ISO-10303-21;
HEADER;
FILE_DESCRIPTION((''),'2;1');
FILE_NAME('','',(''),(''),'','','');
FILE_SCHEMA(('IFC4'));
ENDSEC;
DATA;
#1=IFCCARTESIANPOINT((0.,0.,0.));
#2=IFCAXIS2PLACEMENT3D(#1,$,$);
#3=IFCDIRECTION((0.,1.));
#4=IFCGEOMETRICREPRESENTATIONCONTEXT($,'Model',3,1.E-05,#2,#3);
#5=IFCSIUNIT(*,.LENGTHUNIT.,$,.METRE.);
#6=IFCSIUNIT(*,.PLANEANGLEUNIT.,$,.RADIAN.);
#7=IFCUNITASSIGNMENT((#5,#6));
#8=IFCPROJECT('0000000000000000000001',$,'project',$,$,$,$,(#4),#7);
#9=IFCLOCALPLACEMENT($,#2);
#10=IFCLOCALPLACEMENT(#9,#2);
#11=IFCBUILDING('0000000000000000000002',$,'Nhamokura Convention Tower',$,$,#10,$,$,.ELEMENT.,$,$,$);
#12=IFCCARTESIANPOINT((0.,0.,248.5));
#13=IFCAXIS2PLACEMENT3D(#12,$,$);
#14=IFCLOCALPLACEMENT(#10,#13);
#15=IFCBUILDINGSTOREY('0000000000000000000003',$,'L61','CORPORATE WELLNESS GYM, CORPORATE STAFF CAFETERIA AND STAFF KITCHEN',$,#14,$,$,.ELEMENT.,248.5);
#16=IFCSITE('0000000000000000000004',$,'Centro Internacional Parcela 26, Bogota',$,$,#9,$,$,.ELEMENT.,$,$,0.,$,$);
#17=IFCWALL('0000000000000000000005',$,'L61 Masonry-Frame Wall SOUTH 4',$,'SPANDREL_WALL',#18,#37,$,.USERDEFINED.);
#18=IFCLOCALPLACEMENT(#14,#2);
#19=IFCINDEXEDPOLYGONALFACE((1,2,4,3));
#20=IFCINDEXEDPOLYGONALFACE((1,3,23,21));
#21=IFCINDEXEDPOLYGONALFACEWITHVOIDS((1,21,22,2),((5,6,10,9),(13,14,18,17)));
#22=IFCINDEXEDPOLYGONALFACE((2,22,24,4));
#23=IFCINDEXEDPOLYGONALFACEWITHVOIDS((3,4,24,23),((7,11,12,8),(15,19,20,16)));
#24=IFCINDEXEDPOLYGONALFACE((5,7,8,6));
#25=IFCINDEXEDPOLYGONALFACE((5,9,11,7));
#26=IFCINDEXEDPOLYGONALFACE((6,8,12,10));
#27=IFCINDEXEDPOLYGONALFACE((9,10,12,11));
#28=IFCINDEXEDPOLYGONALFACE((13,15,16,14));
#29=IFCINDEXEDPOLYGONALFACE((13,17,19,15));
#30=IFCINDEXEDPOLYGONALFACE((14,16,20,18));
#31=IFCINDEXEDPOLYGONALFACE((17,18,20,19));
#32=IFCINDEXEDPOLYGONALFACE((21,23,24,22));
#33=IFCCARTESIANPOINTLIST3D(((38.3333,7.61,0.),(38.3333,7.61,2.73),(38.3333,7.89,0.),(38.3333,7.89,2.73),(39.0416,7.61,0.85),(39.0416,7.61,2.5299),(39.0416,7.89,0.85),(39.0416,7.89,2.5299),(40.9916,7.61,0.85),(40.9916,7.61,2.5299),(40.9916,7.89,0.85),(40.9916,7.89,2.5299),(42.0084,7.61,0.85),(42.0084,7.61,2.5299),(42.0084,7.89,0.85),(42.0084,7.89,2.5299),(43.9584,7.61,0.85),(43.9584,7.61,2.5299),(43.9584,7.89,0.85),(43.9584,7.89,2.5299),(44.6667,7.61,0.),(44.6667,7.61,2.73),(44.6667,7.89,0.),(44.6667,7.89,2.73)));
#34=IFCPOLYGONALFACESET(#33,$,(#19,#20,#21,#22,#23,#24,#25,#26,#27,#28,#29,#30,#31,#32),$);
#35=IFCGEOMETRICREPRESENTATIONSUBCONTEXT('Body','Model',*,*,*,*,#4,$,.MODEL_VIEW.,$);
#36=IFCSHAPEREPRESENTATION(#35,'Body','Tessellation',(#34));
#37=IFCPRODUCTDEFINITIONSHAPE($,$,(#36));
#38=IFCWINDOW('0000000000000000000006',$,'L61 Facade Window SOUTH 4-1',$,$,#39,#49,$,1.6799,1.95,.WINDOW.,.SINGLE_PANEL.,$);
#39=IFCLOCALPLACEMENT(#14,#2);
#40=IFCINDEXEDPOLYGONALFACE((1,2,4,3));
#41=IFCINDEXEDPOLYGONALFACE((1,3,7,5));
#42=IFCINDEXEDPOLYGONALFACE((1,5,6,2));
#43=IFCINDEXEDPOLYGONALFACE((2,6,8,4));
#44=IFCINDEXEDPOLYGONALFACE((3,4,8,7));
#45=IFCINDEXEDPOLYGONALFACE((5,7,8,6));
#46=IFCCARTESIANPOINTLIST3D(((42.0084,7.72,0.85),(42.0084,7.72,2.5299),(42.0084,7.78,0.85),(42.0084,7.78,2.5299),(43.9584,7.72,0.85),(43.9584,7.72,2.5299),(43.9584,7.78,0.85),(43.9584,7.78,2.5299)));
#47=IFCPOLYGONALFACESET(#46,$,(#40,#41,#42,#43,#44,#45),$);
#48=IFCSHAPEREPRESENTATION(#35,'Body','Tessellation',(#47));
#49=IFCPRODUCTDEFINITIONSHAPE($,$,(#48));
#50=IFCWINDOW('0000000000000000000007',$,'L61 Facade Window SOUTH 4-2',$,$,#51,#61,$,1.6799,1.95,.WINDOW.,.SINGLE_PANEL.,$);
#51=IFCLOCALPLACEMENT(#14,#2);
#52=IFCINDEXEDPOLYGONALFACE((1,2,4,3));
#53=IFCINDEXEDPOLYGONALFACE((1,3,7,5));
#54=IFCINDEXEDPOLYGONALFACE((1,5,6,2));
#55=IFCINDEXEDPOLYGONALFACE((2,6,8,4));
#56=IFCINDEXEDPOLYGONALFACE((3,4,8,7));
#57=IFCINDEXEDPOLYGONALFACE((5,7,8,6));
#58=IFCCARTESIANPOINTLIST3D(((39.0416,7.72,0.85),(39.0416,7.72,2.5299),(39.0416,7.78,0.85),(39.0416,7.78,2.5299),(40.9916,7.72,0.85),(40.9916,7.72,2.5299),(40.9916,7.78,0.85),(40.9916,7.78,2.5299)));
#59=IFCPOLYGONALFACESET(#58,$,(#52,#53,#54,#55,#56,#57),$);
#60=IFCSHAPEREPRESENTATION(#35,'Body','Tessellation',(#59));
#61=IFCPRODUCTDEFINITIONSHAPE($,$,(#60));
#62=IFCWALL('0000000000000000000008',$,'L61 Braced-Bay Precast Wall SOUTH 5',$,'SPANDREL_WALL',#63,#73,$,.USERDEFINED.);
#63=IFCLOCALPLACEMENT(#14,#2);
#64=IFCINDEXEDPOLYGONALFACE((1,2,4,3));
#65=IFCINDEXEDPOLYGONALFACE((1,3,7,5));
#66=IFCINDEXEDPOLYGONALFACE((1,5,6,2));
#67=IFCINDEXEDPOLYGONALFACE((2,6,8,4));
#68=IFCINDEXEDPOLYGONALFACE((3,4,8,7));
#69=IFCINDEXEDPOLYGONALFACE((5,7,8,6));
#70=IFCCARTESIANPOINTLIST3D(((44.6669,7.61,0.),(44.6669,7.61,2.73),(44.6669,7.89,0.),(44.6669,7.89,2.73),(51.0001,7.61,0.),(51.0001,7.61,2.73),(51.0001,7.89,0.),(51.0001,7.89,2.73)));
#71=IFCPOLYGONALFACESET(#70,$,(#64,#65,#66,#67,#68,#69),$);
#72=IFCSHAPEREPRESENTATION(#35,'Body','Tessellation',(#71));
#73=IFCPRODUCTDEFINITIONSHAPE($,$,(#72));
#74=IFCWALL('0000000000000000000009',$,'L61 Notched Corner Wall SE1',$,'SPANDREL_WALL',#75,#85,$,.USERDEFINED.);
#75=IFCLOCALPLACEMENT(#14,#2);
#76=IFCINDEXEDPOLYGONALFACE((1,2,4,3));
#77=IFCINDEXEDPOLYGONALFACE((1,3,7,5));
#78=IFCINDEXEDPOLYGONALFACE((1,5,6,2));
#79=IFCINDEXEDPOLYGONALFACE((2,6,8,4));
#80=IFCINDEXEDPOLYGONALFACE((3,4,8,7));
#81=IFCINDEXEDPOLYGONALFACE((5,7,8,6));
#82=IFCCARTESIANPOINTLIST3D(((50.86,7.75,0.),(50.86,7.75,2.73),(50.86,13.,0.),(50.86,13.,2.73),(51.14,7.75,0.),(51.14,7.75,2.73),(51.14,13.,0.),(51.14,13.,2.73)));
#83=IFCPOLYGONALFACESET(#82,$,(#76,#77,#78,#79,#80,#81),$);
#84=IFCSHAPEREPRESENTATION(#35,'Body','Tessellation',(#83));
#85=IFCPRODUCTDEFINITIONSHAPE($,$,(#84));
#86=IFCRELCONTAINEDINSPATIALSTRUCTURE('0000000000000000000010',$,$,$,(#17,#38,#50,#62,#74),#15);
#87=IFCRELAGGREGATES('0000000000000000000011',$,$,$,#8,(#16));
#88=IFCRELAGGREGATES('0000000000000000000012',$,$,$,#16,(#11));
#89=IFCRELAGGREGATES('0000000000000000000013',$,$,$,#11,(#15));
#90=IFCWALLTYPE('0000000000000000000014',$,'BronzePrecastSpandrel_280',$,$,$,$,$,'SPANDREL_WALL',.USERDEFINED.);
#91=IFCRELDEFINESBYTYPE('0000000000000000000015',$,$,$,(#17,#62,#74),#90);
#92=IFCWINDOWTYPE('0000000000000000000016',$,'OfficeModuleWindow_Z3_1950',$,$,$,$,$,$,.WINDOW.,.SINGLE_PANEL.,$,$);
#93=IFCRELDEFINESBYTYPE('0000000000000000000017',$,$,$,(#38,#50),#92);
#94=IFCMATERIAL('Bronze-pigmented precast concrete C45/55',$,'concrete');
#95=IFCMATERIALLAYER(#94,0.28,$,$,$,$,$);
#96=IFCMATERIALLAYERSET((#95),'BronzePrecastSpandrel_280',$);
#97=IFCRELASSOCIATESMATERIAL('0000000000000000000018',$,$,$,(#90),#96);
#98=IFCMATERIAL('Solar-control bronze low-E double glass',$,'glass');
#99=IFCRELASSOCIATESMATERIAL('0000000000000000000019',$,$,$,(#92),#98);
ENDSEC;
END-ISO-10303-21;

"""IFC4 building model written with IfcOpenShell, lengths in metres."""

from ifc_helpers import new_model, si_unit, direction, frame, frame_2d, origin, place, context, subcontext, project, spatial, rectangle, extrude, material, layer, layer_set, type_object, element, fill, save


model = new_model("IFC4")

# Units and contexts
model_context = context("Model", 3, precision=1e-05, world=origin(), true_north=direction((0.0, 1.0)))
body_context = subcontext(model_context, "Body", "Model", "MODEL_VIEW")
ifc_project = project(units=[si_unit("LENGTHUNIT", "METRE"), si_unit("PLANEANGLEUNIT", "RADIAN")], contexts=[model_context])

# Site, building, storey
site_placement = place(None, origin())
site = spatial("IfcSite", under=ifc_project, at=site_placement, Name="Centro Internacional Parcela 26, Bogota", CompositionType="ELEMENT", RefElevation=0.0)
building_placement = place(site_placement, origin())
building = spatial("IfcBuilding", under=site, at=building_placement, Name="Nhamokura Convention Tower", CompositionType="ELEMENT")
storey_placement = place(building_placement, frame((0.0, 0.0, 248.5)))
storey = spatial("IfcBuildingStorey", under=building, at=storey_placement, Name="L61", Description="CORPORATE WELLNESS GYM, CORPORATE STAFF CAFETERIA AND STAFF KITCHEN", CompositionType="ELEMENT", Elevation=248.5)

# Wall, openings, windows
ifc_material_1 = material(Name="Bronze-pigmented precast concrete C45/55", Category="concrete")
ifc_layer = layer(ifc_material_1, 0.28)
ifc_layer_set = layer_set([ifc_layer], Name="BronzePrecastSpandrel_280")
wall_type = type_object("IfcWallType", Name="BronzePrecastSpandrel_280", ElementType="SPANDREL_WALL", PredefinedType="USERDEFINED", material=ifc_layer_set)
wall_1_placement = place(storey_placement, frame((44.6667, 7.75, 0.0), z_axis=(0.0, 0.0, 1.0), x_axis=(-1.0, 0.0, 0.0)))
wall_1 = element("IfcWall", 1, at=wall_1_placement, inside=storey, type_object=wall_type, Name="L61 Masonry-Frame Wall SOUTH 4", ObjectType="SPANDREL_WALL", PredefinedType="USERDEFINED", context=body_context, shape_type="SweptSolid", body=[
    extrude(rectangle(XDim=6.3335, YDim=0.28, at=frame_2d((3.1667, 0.0))), origin(), (0.0, 0.0, 1.0), 2.73),
])
opening_1_placement = place(wall_1_placement, frame((0.7083, 0.0, 0.8501)))
opening_1 = element("IfcOpeningElement", 2, at=opening_1_placement, cuts=wall_1, PredefinedType="OPENING", context=body_context, shape_type="SweptSolid", body=[
    extrude(rectangle(XDim=1.95, YDim=1.6799, at=frame_2d((0.9751, 0.8398))), frame((0.0, 0.1499, 0.0), z_axis=(0.0, -1.0, 0.0), x_axis=(1.0, 0.0, 0.0)), (0.0, 0.0, 1.0), 0.3),
])
opening_2_placement = place(wall_1_placement, frame((3.675, 0.0, 0.8501)))
opening_2 = element("IfcOpeningElement", 3, at=opening_2_placement, cuts=wall_1, PredefinedType="OPENING", context=body_context, shape_type="SweptSolid", body=[
    extrude(rectangle(XDim=1.95, YDim=1.6799, at=frame_2d((0.9751, 0.8398))), frame((0.0, 0.1499, 0.0), z_axis=(0.0, -1.0, 0.0), x_axis=(1.0, 0.0, 0.0)), (0.0, 0.0, 1.0), 0.3),
])
ifc_material_2 = material(Name="Solar-control bronze low-E double glass", Category="glass")
window_type = type_object("IfcWindowType", Name="OfficeModuleWindow_Z3_1950", PartitioningType="SINGLE_PANEL", PredefinedType="WINDOW", material=ifc_material_2)
window_1_placement = place(opening_1_placement, origin())
window_1 = element("IfcWindow", 4, at=window_1_placement, inside=storey, type_object=window_type, Name="L61 Facade Window SOUTH 4-1", OverallHeight=1.6799, OverallWidth=1.95, PartitioningType="SINGLE_PANEL", PredefinedType="WINDOW", context=body_context, shape_type="SweptSolid", body=[
    extrude(rectangle(XDim=1.95, YDim=1.6799, at=frame_2d((0.9751, 0.8398))), frame((0.0, 0.03, 0.0), z_axis=(0.0, -1.0, 0.0), x_axis=(1.0, 0.0, 0.0)), (0.0, 0.0, 1.0), 0.0601),
])
fill(opening_1, window_1)
window_2_placement = place(opening_2_placement, origin())
window_2 = element("IfcWindow", 5, at=window_2_placement, inside=storey, type_object=window_type, Name="L61 Facade Window SOUTH 4-2", OverallHeight=1.6799, OverallWidth=1.95, PartitioningType="SINGLE_PANEL", PredefinedType="WINDOW", context=body_context, shape_type="SweptSolid", body=[
    extrude(rectangle(XDim=1.95, YDim=1.6799, at=frame_2d((0.9751, 0.8398))), frame((0.0, 0.03, 0.0), z_axis=(0.0, -1.0, 0.0), x_axis=(1.0, 0.0, 0.0)), (0.0, 0.0, 1.0), 0.0601),
])
fill(opening_2, window_2)

# Walls
wall_2_placement = place(storey_placement, frame((51.0, 7.75, 0.0), z_axis=(0.0, 0.0, 1.0), x_axis=(-1.0, 0.0, 0.0)))
element("IfcWall", 6, at=wall_2_placement, inside=storey, type_object=wall_type, Name="L61 Braced-Bay Precast Wall SOUTH 5", ObjectType="SPANDREL_WALL", PredefinedType="USERDEFINED", context=body_context, shape_type="SweptSolid", body=[
    extrude(rectangle(XDim=6.3333, YDim=0.28, at=frame_2d((3.1665, 0.0))), origin(), (0.0, 0.0, 1.0), 2.73),
])
wall_3_placement = place(storey_placement, frame((51.0, 13.0, 0.0), z_axis=(0.0, 0.0, 1.0), x_axis=(0.0, -1.0, 0.0)))
element("IfcWall", 7, at=wall_3_placement, inside=storey, type_object=wall_type, Name="L61 Notched Corner Wall SE1", ObjectType="SPANDREL_WALL", PredefinedType="USERDEFINED", context=body_context, shape_type="SweptSolid", body=[
    extrude(rectangle(XDim=5.25, YDim=0.28, at=frame_2d((2.625, 0.0))), origin(), (0.0, 0.0, 1.0), 2.73),
])

save(model, "model.ifc")
